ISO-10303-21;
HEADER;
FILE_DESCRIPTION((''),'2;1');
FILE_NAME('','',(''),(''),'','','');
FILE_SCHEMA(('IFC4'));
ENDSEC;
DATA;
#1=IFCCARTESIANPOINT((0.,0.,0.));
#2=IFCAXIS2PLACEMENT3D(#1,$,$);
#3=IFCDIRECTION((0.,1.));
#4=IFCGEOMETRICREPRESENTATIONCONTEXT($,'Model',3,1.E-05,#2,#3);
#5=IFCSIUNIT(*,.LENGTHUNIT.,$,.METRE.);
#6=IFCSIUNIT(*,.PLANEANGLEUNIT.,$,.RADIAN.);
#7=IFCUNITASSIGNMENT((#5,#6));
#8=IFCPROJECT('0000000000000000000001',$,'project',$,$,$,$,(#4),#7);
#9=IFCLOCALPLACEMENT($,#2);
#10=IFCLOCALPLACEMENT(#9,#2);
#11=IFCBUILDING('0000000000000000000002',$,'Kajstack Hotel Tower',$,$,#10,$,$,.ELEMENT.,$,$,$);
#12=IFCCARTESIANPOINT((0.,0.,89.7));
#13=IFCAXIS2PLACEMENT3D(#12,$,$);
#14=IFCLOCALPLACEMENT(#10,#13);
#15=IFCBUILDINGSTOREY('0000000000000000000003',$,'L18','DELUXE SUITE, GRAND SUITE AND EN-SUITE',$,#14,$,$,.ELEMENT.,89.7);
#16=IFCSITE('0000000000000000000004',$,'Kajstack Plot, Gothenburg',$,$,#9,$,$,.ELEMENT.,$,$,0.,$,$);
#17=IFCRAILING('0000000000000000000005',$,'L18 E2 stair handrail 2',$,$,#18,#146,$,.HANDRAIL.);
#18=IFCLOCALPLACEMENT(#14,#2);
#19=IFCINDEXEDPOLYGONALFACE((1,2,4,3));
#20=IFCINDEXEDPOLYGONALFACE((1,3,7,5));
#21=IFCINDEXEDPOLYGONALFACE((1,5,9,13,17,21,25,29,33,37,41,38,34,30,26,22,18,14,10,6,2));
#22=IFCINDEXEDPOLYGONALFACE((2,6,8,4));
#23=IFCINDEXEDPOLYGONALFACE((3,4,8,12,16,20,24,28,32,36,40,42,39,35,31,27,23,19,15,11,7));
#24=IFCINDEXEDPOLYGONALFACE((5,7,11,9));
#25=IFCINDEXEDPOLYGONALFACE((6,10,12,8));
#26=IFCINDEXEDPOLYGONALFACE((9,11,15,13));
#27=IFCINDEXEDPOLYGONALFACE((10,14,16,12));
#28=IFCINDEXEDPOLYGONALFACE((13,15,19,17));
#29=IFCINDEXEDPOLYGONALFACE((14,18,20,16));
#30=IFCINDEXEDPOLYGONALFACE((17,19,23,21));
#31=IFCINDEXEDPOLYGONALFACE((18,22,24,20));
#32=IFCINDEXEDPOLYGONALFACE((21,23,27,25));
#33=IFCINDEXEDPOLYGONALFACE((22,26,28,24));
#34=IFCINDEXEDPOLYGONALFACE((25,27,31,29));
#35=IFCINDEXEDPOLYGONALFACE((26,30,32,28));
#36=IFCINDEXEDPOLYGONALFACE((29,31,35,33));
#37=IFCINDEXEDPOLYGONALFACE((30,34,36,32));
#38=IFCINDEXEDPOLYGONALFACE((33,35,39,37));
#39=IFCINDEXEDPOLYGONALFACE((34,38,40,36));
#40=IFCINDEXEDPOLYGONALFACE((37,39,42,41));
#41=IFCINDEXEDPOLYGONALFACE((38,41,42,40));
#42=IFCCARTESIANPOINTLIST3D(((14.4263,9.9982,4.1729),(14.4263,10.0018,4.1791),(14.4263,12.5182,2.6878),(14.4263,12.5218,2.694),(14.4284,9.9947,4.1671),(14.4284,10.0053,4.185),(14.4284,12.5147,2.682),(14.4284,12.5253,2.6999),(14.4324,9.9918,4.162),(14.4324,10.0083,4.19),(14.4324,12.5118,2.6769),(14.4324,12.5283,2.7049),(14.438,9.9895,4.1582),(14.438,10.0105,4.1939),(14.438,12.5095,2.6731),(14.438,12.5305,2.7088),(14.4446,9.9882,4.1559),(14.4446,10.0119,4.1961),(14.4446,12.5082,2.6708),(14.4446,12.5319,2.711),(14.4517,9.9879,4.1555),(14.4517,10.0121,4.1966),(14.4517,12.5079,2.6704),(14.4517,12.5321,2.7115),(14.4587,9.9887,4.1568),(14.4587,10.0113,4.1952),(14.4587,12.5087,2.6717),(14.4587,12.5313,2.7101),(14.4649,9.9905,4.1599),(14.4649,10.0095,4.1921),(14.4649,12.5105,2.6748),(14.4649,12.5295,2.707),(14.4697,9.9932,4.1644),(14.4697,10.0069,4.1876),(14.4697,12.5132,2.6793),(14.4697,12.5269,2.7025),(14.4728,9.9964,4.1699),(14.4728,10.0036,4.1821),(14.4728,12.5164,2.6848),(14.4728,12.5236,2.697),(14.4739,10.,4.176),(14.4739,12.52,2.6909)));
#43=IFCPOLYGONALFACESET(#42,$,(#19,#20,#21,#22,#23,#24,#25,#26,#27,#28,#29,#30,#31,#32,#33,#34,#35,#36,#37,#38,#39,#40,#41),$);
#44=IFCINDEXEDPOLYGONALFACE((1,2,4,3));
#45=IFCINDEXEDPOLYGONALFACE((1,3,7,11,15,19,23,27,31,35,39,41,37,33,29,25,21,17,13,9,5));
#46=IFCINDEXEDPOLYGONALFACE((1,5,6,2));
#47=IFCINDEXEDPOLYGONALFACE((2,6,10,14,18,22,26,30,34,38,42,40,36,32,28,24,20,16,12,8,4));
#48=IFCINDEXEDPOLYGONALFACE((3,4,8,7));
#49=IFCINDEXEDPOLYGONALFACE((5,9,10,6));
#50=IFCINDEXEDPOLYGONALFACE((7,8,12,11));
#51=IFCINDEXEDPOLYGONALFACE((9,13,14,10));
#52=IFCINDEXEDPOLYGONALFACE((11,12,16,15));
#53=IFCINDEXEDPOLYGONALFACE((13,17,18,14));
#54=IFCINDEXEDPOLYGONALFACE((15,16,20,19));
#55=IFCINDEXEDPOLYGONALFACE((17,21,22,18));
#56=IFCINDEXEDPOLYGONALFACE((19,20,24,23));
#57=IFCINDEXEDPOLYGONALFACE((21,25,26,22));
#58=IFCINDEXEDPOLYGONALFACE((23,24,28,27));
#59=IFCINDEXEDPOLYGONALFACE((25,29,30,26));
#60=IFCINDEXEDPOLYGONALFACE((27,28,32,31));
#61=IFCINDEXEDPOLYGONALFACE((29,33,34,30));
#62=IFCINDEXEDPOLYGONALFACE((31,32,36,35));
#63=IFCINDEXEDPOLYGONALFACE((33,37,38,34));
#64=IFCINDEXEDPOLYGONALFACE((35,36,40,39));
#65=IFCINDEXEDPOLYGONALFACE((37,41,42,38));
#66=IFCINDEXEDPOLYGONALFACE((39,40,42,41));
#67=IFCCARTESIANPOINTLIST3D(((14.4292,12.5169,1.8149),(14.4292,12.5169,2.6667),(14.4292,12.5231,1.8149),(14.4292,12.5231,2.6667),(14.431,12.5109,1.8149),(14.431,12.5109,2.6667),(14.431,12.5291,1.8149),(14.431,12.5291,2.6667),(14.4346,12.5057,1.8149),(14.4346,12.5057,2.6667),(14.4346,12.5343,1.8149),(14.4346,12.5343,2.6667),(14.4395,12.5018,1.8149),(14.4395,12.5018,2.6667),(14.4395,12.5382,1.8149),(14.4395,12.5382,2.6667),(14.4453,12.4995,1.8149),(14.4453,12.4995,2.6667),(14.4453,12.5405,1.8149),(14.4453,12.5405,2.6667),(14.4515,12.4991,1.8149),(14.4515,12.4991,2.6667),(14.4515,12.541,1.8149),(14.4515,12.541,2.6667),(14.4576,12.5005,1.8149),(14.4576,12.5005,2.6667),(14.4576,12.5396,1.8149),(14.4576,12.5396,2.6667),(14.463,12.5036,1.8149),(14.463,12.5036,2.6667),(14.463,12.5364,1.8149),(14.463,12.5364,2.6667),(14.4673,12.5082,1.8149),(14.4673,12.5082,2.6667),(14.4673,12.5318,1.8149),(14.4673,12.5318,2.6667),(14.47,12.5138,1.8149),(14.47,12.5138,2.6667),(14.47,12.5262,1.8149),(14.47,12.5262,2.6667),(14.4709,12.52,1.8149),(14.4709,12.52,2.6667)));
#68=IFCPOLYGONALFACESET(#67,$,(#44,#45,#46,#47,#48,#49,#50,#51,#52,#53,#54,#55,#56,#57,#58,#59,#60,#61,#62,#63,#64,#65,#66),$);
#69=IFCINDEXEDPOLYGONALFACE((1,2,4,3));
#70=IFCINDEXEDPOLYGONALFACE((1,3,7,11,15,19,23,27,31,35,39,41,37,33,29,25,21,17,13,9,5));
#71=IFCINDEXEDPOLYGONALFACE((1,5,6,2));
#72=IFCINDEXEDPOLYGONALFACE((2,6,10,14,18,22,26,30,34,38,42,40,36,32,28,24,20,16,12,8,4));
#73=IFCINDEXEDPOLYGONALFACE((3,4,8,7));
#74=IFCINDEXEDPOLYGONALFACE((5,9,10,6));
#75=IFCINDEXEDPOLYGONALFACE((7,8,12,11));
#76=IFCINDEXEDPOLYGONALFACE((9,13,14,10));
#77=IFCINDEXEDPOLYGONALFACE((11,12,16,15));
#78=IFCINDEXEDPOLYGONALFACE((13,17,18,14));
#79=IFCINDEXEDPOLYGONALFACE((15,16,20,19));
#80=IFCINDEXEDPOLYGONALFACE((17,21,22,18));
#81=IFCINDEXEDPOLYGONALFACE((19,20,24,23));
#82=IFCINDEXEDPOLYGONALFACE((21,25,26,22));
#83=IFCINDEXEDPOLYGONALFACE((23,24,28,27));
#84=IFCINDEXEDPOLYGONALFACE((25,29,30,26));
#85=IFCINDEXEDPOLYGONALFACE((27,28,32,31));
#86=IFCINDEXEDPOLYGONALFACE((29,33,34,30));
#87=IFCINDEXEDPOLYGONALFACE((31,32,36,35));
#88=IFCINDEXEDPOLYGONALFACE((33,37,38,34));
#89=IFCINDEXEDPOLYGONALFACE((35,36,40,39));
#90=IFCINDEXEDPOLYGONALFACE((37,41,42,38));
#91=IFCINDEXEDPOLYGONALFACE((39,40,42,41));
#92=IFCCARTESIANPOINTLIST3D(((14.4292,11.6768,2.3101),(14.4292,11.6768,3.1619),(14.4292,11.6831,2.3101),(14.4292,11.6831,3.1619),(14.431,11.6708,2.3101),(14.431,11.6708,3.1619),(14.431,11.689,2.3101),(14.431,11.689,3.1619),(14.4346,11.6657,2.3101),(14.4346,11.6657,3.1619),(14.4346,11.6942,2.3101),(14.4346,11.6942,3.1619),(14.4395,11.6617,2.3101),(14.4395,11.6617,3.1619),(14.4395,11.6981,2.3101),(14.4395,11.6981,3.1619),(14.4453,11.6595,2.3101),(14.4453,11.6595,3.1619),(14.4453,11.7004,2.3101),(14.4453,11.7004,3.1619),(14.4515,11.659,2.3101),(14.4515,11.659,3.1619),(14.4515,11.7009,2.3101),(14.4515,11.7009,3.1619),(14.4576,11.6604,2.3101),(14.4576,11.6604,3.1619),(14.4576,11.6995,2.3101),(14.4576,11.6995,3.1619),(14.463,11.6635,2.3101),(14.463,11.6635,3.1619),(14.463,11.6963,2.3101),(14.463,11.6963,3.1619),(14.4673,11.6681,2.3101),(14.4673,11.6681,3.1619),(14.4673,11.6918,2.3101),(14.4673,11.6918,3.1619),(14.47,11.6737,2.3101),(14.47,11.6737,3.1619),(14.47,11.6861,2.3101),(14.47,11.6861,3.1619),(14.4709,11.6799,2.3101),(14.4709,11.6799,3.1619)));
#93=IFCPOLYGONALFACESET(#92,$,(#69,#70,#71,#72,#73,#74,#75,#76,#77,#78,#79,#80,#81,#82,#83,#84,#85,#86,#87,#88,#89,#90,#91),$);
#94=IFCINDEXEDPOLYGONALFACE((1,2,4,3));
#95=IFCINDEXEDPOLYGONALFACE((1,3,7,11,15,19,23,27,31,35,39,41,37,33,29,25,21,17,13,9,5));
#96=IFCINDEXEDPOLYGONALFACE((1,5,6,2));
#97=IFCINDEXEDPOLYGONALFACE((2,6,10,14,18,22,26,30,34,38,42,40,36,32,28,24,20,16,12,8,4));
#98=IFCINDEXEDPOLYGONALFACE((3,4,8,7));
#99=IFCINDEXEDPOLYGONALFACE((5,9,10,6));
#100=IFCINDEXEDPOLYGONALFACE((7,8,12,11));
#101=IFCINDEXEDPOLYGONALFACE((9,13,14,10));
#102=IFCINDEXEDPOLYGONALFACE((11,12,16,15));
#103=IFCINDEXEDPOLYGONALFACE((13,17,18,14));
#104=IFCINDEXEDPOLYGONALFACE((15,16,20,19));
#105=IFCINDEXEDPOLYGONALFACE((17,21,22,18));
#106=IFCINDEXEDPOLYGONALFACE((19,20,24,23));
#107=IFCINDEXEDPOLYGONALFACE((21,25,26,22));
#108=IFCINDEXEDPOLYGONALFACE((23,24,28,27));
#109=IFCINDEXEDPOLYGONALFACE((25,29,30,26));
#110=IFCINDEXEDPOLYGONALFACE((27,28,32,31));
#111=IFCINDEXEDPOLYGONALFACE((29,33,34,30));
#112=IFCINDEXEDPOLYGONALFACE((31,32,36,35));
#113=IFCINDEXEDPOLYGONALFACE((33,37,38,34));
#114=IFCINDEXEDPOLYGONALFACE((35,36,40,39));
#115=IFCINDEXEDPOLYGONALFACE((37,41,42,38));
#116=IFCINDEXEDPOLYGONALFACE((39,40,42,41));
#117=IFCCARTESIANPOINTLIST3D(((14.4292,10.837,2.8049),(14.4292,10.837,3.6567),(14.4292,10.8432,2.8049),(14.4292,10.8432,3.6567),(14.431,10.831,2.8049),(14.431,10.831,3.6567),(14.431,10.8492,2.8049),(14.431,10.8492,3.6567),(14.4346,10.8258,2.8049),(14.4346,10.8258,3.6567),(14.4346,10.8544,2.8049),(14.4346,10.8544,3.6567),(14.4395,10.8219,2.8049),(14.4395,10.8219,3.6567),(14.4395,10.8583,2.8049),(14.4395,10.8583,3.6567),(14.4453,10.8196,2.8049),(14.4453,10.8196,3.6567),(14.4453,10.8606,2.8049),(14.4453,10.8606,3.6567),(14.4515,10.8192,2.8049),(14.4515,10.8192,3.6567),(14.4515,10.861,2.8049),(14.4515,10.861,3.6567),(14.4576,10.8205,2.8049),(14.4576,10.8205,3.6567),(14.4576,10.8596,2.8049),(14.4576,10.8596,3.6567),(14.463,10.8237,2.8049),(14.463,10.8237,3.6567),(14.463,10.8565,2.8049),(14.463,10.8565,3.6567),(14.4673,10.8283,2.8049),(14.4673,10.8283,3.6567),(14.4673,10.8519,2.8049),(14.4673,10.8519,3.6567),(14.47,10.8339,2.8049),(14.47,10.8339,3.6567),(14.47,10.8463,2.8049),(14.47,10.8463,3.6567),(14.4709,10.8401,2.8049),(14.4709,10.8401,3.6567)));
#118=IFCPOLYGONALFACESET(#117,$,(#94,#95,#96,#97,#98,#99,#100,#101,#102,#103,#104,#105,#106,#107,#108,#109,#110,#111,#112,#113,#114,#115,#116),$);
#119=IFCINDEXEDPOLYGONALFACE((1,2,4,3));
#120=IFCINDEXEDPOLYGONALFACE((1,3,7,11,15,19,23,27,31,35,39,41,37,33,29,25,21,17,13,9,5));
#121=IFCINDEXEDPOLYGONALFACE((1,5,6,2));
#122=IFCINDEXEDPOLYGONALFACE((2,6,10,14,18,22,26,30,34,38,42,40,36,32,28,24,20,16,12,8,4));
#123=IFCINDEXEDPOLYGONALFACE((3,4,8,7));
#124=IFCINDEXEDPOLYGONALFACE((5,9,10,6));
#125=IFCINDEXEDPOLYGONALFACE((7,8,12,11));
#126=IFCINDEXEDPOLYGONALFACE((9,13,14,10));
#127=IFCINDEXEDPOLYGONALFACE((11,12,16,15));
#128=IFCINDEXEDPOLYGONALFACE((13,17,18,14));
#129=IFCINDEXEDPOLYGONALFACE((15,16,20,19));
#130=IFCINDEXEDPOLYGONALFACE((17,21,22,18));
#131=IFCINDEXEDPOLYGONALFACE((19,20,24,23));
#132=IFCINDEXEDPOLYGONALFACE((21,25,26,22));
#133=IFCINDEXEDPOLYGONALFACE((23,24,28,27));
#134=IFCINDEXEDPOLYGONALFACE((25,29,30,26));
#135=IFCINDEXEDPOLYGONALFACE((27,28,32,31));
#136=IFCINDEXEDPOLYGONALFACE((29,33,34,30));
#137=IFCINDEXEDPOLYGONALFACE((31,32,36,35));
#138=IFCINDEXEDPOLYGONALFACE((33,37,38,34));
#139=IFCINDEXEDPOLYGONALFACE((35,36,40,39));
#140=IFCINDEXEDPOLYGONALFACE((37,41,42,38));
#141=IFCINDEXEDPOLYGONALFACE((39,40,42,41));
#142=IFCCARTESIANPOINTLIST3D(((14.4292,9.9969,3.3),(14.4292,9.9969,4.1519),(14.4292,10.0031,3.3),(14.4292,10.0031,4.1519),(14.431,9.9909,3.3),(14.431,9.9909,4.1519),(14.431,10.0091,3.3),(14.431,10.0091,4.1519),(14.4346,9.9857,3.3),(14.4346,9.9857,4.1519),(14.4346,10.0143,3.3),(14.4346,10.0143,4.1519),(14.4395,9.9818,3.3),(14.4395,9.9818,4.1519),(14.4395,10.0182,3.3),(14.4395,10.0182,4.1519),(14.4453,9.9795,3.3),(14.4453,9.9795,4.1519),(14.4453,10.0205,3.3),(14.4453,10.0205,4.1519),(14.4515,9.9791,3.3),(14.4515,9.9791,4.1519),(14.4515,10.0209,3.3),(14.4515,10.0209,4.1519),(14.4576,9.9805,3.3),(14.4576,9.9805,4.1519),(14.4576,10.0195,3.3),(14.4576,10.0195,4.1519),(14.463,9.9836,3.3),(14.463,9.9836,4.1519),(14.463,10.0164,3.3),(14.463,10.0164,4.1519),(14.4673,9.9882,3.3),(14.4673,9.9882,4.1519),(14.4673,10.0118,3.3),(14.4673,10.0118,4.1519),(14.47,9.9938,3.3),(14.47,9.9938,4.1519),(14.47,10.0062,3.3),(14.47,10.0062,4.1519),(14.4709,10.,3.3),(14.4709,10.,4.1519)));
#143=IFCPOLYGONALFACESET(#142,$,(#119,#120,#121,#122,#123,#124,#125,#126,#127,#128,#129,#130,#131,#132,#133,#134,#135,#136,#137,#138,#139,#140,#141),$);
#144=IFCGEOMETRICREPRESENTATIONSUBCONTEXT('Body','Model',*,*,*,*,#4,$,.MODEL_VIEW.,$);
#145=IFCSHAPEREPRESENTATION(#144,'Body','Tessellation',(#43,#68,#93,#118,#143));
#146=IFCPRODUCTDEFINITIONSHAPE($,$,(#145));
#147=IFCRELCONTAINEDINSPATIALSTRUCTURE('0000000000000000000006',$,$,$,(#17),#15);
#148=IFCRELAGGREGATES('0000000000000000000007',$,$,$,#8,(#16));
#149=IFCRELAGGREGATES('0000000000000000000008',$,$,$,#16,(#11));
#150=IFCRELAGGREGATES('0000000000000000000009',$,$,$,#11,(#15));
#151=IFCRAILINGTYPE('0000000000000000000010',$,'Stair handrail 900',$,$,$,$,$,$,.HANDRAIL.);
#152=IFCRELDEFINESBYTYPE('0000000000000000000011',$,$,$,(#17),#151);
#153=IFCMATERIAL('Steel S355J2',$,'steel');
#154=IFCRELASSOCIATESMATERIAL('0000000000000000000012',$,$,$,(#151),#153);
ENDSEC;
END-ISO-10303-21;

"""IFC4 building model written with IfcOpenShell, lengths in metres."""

from ifc_helpers import new_model, si_unit, direction, frame, origin, origin_2d, place, context, subcontext, project, spatial, circle, extrude, material, type_object, element, save


model = new_model("IFC4")

# Units and contexts
model_context = context("Model", 3, precision=1e-05, world=origin(), true_north=direction((0.0, 1.0)))
body_context = subcontext(model_context, "Body", "Model", "MODEL_VIEW")
ifc_project = project(units=[si_unit("LENGTHUNIT", "METRE"), si_unit("PLANEANGLEUNIT", "RADIAN")], contexts=[model_context])

# Site, building, storey
site_placement = place(None, origin())
site = spatial("IfcSite", under=ifc_project, at=site_placement, Name="Kajstack Plot, Gothenburg", CompositionType="ELEMENT", RefElevation=0.0)
building_placement = place(site_placement, origin())
building = spatial("IfcBuilding", under=site, at=building_placement, Name="Kajstack Hotel Tower", CompositionType="ELEMENT")
storey_placement = place(building_placement, frame((0.0, 0.0, 89.7)))
storey = spatial("IfcBuildingStorey", under=building, at=storey_placement, Name="L18", Description="DELUXE SUITE, GRAND SUITE AND EN-SUITE", CompositionType="ELEMENT", Elevation=89.7)

# Railing
ifc_material_1 = material(Name="Steel S355J2", Category="steel")
railing_type = type_object("IfcRailingType", Name="Stair handrail 900", PredefinedType="HANDRAIL", material=ifc_material_1)
railing_placement = place(storey_placement, frame((14.45, 12.52, 1.8149)))
element("IfcRailing", 1, at=railing_placement, inside=storey, type_object=railing_type, Name="L18 E2 stair handrail 2", PredefinedType="HANDRAIL", context=body_context, shape_type="SweptSolid", body=[
    extrude(circle(Radius=0.0239, at=origin_2d()), frame((0.0, 0.0, 0.876), z_axis=(0.0, -0.861524, 0.507717), x_axis=(1.0, 0.0, 0.0)), (0.0, 0.0, 1.0), 2.925),
    extrude(circle(Radius=0.021, at=origin_2d()), origin(), (0.0, 0.0, 1.0), 0.8518),
    extrude(circle(Radius=0.021, at=origin_2d()), frame((0.0, -0.8401, 0.4951)), (0.0, 0.0, 1.0), 0.8518),
    extrude(circle(Radius=0.021, at=origin_2d()), frame((0.0, -1.6799, 0.99)), (0.0, 0.0, 1.0), 0.8518),
    extrude(circle(Radius=0.021, at=origin_2d()), frame((0.0, -2.52, 1.4851)), (0.0, 0.0, 1.0), 0.8518),
])

save(model, "model.ifc")
